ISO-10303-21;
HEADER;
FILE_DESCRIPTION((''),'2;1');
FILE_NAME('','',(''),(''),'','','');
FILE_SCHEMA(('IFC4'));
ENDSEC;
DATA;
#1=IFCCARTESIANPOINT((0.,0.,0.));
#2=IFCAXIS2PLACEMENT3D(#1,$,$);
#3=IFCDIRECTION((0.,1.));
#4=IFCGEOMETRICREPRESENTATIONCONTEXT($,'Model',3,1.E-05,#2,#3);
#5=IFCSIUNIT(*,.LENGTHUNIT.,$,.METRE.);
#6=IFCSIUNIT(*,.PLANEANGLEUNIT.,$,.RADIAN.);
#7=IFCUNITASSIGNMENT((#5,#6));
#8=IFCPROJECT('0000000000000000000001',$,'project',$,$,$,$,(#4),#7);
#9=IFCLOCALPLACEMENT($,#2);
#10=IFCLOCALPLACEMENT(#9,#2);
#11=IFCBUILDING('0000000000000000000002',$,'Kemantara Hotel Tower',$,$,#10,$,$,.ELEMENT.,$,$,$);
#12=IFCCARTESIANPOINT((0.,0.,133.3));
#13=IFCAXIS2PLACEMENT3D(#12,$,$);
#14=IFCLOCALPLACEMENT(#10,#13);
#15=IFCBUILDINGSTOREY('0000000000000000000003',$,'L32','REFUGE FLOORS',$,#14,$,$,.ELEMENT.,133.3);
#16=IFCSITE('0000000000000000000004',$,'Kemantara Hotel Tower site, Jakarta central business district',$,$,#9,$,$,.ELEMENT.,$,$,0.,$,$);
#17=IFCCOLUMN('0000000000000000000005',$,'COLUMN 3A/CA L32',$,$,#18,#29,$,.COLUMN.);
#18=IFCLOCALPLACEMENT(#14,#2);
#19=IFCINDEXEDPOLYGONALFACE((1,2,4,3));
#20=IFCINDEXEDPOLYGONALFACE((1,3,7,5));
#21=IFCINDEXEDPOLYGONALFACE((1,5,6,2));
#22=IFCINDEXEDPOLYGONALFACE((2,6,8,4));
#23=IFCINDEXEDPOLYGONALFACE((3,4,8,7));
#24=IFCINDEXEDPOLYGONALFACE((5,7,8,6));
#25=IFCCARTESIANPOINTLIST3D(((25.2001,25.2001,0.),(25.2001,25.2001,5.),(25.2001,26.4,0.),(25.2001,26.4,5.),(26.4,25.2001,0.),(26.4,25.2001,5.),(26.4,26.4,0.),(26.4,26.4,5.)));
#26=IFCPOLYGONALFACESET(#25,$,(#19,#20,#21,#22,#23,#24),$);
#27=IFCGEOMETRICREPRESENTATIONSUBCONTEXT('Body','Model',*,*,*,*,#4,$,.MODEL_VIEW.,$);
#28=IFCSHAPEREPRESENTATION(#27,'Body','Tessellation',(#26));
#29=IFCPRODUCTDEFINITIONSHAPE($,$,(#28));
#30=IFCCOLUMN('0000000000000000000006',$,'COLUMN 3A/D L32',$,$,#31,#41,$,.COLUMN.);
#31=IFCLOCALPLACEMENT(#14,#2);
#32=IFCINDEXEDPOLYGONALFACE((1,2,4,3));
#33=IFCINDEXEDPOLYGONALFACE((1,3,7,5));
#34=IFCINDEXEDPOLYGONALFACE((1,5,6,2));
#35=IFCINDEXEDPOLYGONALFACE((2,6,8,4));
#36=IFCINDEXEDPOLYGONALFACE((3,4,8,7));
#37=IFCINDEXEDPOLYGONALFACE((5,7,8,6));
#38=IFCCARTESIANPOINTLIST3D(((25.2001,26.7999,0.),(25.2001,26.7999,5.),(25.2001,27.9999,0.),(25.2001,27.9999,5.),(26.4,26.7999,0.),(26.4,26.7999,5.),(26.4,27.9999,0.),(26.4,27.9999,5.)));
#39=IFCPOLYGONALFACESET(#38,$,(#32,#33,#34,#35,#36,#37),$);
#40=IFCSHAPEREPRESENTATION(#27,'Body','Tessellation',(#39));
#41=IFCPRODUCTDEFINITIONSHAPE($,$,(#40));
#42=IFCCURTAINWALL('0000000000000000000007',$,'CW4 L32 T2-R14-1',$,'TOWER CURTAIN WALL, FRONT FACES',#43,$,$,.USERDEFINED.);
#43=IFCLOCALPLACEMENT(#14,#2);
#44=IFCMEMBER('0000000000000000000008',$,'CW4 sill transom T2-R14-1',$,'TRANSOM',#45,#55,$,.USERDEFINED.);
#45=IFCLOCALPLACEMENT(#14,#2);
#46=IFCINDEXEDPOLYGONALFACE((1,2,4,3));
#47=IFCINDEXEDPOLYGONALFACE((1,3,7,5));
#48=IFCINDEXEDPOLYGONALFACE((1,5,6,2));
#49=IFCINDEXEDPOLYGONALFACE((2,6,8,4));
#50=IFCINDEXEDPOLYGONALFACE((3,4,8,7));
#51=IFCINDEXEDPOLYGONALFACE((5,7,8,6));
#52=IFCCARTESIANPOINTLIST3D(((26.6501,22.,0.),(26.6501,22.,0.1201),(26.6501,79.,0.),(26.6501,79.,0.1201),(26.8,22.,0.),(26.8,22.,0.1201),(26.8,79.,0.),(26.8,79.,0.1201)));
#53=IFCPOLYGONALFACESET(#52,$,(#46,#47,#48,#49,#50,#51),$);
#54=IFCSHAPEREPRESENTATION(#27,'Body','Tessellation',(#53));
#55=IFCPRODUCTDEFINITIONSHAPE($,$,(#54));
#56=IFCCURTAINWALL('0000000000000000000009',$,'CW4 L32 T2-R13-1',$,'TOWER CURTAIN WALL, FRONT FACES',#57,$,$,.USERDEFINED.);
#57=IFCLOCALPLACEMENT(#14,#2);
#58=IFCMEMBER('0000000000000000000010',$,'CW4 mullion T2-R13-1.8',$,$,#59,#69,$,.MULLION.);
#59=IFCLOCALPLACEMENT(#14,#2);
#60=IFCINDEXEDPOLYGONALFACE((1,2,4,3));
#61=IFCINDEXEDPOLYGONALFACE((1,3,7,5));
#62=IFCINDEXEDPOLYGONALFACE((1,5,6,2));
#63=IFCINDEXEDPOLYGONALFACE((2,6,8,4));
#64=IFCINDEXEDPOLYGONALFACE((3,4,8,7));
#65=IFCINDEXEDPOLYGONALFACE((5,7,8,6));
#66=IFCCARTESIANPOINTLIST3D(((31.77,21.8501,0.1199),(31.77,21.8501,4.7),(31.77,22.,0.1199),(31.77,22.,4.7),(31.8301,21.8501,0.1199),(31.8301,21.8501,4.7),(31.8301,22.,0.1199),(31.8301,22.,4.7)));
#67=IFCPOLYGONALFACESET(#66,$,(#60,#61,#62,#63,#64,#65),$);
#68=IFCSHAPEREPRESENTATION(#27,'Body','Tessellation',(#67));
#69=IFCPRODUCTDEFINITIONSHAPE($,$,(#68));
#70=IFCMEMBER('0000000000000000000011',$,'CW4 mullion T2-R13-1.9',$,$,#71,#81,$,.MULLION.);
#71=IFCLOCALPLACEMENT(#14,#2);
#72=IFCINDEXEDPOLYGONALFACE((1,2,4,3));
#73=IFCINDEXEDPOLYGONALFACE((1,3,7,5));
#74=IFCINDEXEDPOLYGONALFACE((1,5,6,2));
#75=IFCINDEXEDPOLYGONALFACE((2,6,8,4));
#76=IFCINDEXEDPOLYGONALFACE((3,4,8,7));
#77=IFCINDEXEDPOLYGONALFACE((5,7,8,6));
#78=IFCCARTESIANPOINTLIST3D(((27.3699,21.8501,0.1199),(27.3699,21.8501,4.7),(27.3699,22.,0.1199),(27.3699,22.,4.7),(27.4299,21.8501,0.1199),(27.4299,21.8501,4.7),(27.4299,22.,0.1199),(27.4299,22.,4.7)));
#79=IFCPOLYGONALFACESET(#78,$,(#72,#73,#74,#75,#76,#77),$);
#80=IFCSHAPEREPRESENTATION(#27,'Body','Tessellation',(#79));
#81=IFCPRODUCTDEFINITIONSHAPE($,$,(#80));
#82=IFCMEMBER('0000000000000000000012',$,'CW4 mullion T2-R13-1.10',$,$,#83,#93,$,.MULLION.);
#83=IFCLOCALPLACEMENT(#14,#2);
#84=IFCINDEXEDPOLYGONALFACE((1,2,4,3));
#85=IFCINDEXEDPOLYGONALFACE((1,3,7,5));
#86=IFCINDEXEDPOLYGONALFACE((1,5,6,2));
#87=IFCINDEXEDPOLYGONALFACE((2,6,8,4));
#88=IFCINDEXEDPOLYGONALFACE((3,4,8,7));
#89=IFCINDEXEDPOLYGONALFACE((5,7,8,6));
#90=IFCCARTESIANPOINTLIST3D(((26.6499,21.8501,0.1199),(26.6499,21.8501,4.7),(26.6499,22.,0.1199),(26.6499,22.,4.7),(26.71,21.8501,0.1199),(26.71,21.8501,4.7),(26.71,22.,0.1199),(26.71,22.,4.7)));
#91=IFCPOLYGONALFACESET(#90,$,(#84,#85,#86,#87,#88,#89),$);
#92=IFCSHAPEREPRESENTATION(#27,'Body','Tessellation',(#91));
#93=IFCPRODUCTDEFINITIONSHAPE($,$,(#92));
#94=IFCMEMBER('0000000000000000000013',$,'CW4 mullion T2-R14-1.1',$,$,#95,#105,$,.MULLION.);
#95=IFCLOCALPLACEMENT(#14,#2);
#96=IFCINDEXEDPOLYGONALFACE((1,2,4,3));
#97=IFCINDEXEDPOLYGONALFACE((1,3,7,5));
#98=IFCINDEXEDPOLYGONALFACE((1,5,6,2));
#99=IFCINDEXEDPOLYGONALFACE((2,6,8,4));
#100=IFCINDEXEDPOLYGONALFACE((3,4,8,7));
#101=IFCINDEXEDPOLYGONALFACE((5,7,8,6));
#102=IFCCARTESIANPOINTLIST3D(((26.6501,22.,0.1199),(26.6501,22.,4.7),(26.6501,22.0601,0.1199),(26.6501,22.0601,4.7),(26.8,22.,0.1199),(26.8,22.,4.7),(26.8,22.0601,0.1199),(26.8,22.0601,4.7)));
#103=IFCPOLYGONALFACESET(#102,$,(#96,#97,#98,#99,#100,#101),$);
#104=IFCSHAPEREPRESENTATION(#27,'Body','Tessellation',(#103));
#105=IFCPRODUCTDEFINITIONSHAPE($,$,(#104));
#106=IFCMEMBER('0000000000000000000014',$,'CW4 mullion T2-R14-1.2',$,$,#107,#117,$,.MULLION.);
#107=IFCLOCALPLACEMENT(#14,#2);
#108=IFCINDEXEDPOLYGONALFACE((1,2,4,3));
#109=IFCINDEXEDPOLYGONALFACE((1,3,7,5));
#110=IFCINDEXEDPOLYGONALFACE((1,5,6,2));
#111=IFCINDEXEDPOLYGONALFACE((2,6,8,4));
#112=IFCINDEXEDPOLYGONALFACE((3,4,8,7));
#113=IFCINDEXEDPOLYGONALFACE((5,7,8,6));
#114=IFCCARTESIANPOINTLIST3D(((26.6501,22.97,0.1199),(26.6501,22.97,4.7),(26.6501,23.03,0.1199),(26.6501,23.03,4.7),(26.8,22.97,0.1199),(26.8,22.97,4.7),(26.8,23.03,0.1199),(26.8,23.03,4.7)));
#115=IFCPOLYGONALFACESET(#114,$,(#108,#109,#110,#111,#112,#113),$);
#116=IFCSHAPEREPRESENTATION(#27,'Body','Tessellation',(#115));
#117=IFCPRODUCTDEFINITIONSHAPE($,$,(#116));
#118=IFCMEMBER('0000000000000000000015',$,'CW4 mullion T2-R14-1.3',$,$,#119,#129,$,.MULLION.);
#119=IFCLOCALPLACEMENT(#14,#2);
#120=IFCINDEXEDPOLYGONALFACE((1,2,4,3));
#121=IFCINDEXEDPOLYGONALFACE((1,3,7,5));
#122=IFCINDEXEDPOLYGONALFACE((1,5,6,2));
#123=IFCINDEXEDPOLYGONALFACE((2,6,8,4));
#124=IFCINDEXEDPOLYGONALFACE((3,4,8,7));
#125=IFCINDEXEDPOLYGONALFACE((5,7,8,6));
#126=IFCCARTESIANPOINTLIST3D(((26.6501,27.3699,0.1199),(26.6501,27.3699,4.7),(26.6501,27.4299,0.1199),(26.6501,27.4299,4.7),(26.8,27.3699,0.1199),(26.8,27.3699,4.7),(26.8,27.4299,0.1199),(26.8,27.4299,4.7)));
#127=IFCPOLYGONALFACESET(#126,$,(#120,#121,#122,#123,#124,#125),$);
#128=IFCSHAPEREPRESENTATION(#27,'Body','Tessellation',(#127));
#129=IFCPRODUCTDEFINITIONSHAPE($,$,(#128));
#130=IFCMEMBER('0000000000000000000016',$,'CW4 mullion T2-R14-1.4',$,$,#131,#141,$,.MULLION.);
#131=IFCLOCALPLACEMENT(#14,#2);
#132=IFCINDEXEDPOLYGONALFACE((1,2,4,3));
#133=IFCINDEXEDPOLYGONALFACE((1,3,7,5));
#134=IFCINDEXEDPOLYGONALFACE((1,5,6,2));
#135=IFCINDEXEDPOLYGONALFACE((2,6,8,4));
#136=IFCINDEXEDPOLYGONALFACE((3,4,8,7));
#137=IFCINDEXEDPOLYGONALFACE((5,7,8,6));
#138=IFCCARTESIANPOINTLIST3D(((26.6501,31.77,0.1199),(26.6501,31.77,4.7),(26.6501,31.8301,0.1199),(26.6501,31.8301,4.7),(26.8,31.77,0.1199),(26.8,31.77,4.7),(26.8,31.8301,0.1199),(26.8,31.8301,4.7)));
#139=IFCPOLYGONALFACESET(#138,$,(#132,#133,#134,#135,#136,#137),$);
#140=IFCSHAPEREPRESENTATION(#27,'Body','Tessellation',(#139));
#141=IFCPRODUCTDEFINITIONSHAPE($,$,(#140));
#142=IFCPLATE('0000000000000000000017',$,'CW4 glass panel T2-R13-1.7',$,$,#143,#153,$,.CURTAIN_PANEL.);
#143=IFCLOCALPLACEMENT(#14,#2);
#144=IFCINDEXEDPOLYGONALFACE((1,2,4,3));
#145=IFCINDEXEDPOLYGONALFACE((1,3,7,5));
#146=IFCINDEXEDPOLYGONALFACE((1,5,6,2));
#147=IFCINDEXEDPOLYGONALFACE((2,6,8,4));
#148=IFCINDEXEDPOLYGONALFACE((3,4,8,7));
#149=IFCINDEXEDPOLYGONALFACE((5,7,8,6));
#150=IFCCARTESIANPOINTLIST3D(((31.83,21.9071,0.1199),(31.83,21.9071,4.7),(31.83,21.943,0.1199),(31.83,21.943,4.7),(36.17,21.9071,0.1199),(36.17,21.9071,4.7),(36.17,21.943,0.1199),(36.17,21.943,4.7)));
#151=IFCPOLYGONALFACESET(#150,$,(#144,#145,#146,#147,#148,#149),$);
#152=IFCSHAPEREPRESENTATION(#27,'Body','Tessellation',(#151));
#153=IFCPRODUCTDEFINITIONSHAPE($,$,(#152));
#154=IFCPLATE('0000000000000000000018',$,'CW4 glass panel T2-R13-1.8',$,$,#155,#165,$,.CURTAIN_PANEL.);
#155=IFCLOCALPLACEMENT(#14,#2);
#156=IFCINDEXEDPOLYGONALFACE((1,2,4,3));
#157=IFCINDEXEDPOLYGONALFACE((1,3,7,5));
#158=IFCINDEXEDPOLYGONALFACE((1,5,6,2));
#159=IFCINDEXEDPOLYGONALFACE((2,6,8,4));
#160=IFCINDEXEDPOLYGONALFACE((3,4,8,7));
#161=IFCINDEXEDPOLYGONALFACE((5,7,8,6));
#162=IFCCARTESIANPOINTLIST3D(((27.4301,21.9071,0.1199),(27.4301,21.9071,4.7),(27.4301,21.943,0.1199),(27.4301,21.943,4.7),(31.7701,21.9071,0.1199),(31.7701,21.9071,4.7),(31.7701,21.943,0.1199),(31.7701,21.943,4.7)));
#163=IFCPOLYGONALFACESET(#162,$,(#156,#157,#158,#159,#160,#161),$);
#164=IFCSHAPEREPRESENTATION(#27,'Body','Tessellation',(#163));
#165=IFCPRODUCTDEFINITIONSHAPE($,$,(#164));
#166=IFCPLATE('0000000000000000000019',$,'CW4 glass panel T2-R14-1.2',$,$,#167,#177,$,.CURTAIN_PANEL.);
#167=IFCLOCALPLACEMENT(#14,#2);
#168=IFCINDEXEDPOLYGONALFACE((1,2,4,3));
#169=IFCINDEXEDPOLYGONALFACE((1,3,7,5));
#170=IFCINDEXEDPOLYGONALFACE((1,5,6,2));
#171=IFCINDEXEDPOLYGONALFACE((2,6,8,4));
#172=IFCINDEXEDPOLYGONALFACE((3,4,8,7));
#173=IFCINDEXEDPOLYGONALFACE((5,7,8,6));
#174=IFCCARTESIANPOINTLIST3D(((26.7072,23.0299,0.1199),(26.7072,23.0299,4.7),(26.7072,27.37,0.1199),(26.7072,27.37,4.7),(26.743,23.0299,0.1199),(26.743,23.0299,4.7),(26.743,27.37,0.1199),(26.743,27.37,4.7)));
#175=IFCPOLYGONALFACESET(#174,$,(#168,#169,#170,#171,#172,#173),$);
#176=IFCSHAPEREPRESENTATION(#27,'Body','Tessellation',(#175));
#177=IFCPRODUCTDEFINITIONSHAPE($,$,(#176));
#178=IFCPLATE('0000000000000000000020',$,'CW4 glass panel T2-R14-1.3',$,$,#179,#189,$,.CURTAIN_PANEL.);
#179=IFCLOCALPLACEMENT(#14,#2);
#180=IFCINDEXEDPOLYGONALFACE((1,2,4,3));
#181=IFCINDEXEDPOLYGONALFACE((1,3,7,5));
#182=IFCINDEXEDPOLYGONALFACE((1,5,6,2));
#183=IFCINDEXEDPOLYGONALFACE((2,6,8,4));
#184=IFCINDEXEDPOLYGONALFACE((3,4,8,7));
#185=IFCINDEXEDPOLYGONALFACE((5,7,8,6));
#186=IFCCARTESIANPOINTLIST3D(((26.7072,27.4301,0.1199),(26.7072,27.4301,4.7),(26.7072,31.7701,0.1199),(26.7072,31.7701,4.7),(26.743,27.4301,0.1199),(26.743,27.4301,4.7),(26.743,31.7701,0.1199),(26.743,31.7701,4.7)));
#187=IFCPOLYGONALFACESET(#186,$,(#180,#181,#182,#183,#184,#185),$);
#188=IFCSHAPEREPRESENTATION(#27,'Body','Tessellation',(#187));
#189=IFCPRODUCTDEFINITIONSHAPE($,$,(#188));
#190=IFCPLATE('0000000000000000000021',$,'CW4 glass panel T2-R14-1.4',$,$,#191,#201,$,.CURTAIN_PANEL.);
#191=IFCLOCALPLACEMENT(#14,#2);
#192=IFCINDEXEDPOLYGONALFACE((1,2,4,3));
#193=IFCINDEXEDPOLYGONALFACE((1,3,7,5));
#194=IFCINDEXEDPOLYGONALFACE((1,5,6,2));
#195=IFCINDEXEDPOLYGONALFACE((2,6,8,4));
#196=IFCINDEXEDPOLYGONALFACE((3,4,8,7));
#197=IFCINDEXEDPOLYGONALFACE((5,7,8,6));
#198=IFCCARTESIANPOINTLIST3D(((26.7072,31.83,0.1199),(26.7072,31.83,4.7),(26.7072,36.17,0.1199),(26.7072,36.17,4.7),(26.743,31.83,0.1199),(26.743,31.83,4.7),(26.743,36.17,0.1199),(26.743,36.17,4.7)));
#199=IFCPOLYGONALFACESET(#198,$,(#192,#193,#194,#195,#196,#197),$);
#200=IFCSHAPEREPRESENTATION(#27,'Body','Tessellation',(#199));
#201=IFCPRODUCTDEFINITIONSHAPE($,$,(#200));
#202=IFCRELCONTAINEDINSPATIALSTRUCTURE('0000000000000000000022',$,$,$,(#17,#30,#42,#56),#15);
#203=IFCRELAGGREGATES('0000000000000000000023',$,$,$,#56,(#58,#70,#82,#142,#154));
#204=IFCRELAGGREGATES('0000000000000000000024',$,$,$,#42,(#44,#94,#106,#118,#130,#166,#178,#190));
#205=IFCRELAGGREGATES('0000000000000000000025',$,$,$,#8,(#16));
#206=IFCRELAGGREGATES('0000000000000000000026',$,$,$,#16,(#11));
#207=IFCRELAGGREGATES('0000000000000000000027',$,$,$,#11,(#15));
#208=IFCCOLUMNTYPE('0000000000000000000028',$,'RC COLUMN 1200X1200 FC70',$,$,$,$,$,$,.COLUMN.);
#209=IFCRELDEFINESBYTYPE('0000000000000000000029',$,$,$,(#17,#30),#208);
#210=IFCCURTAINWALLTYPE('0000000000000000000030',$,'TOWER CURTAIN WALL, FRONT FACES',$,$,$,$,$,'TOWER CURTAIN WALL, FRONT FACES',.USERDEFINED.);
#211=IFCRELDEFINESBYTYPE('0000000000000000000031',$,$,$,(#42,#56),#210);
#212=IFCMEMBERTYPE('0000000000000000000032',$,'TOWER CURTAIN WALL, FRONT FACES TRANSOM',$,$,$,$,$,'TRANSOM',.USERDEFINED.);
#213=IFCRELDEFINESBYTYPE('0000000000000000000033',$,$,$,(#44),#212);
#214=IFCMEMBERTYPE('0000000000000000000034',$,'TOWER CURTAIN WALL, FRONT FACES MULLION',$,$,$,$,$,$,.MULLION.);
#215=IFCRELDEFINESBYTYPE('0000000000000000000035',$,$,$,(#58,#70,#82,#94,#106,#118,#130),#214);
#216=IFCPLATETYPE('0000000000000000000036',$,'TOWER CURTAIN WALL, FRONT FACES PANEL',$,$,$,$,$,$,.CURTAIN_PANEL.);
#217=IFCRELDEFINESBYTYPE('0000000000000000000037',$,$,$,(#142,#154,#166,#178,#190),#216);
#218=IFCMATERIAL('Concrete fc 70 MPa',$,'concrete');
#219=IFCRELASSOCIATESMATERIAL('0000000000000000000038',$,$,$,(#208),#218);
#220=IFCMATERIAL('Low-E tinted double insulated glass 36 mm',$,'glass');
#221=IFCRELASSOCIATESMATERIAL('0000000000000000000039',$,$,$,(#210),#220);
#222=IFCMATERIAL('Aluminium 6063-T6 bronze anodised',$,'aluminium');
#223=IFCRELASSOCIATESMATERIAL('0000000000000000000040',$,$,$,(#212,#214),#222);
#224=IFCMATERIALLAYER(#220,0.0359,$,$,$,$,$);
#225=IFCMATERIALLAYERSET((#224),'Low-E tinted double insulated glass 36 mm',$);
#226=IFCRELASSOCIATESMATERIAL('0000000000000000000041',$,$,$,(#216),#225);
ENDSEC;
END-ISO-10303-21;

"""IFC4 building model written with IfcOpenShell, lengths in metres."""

from ifc_helpers import new_model, si_unit, direction, frame, origin, origin_2d, place, context, subcontext, project, spatial, rectangle, extrude, source, transform, mapped, material, layer, layer_set, material_profile, profile_set, type_object, element, aggregate, save


model = new_model("IFC4")

# Units and contexts
model_context = context("Model", 3, precision=1e-05, world=origin(), true_north=direction((0.0, 1.0)))
body_context = subcontext(model_context, "Body", "Model", "MODEL_VIEW")
ifc_project = project(units=[si_unit("LENGTHUNIT", "METRE"), si_unit("PLANEANGLEUNIT", "RADIAN")], contexts=[model_context])

# Site, building, storey
site_placement = place(None, origin())
site = spatial("IfcSite", under=ifc_project, at=site_placement, Name="Kemantara Hotel Tower site, Jakarta central business district", CompositionType="ELEMENT", RefElevation=0.0)
building_placement = place(site_placement, origin())
building = spatial("IfcBuilding", under=site, at=building_placement, Name="Kemantara Hotel Tower", CompositionType="ELEMENT")
storey_placement = place(building_placement, frame((0.0, 0.0, 133.3)))
storey = spatial("IfcBuildingStorey", under=building, at=storey_placement, Name="L32", Description="REFUGE FLOORS", CompositionType="ELEMENT", Elevation=133.3)

# Columns
ifc_material_1 = material(Name="Concrete fc 70 MPa", Category="concrete")
ifc_material_profile_1 = material_profile(ifc_material_1, rectangle(XDim=1.2, YDim=1.2, at=origin_2d()), Name="RC 1200X1200")
ifc_profile_set_1 = profile_set([ifc_material_profile_1], Name="Concrete fc 70 MPa")
column_type = type_object("IfcColumnType", Name="RC COLUMN 1200X1200 FC70", PredefinedType="COLUMN", material=ifc_profile_set_1)
for number, where, z_axis, x_axis, name in (
    (1, (25.8, 25.8, 0.0), (0.0, 0.0, 1.0), (1.0, 0.0, 0.0), "COLUMN 3A/CA L32"),
    (2, (25.8, 27.3999, 0.0), (0.0, 0.0, 1.0), (1.0, 0.0, 0.0), "COLUMN 3A/D L32"),
):
    element("IfcColumn", number, at=place(storey_placement, frame(where, z_axis=z_axis, x_axis=x_axis)), inside=storey, type_object=column_type, Name=name, PredefinedType="COLUMN", context=body_context, shape_type="SweptSolid", body=[
        extrude(rectangle(XDim=1.2, YDim=1.2, at=origin_2d()), origin(), (0.0, 0.0, 1.0), 5.0),
    ])

# Curtain wall, member
ifc_material_2 = material(Name="Low-E tinted double insulated glass 36 mm", Category="glass")
curtain_wall_type = type_object("IfcCurtainWallType", Name="TOWER CURTAIN WALL, FRONT FACES", ElementType="TOWER CURTAIN WALL, FRONT FACES", PredefinedType="USERDEFINED", material=ifc_material_2)
curtain_wall_1_placement = place(storey_placement, origin())
curtain_wall_1 = element("IfcCurtainWall", 3, at=curtain_wall_1_placement, inside=storey, type_object=curtain_wall_type, Name="CW4 L32 T2-R14-1", ObjectType="TOWER CURTAIN WALL, FRONT FACES", PredefinedType="USERDEFINED")
ifc_material_3 = material(Name="Aluminium 6063-T6 bronze anodised", Category="aluminium")
ifc_material_profile_2 = material_profile(ifc_material_3, rectangle(XDim=0.1499, YDim=0.1201, at=origin_2d()), Name="TOWER CURTAIN WALL, FRONT FACES TRANSOM")
ifc_profile_set_2 = profile_set([ifc_material_profile_2], Name="Aluminium 6063-T6 bronze anodised")
member_type_1 = type_object("IfcMemberType", Name="TOWER CURTAIN WALL, FRONT FACES TRANSOM", ElementType="TRANSOM", PredefinedType="USERDEFINED", material=ifc_profile_set_2)
member_1_placement = place(storey_placement, frame((26.7251, 22.0, 0.0601), z_axis=(0.0, 1.0, 0.0), x_axis=(-1.0, 0.0, 0.0)))
member_1 = element("IfcMember", 4, at=member_1_placement, type_object=member_type_1, Name="CW4 sill transom T2-R14-1", ObjectType="TRANSOM", PredefinedType="USERDEFINED", context=body_context, shape_type="SweptSolid", body=[
    extrude(rectangle(XDim=0.1499, YDim=0.1201, at=origin_2d()), origin(), (0.0, 0.0, 1.0), 57.0),
])

# Curtain wall, members
curtain_wall_2_placement = place(storey_placement, origin())
curtain_wall_2 = element("IfcCurtainWall", 5, at=curtain_wall_2_placement, inside=storey, type_object=curtain_wall_type, Name="CW4 L32 T2-R13-1", ObjectType="TOWER CURTAIN WALL, FRONT FACES", PredefinedType="USERDEFINED")
ifc_material_profile_3 = material_profile(ifc_material_3, rectangle(XDim=0.1499, YDim=0.0601, at=origin_2d()), Name="TOWER CURTAIN WALL, FRONT FACES MULLION")
ifc_profile_set_3 = profile_set([ifc_material_profile_3], Name="Aluminium 6063-T6 bronze anodised")
member_type_2 = type_object("IfcMemberType", Name="TOWER CURTAIN WALL, FRONT FACES MULLION", PredefinedType="MULLION", material=ifc_profile_set_3)
shared_shape_1 = source(origin(), body_context, "Body", "SweptSolid", [
    extrude(rectangle(XDim=0.1499, YDim=0.0601, at=origin_2d()), origin(), (0.0, 0.0, 1.0), 4.5801),
])
member_2_placement = place(storey_placement, frame((31.8, 21.925, 0.1199), z_axis=(0.0, 0.0, 1.0), x_axis=(0.0, -1.0, 0.0)))
member_2 = element("IfcMember", 6, at=member_2_placement, type_object=member_type_2, Name="CW4 mullion T2-R13-1.8", PredefinedType="MULLION", context=body_context, shape_type="MappedRepresentation", body=[
    mapped(shared_shape_1, transform((0.0, 0.0, 0.0))),
])
member_3_placement = place(storey_placement, frame((27.3999, 21.925, 0.1199), z_axis=(0.0, 0.0, 1.0), x_axis=(0.0, -1.0, 0.0)))
member_3 = element("IfcMember", 7, at=member_3_placement, type_object=member_type_2, Name="CW4 mullion T2-R13-1.9", PredefinedType="MULLION", context=body_context, shape_type="MappedRepresentation", body=[
    mapped(shared_shape_1, transform((0.0, 0.0, 0.0))),
])
member_4_placement = place(storey_placement, frame((26.6799, 21.925, 0.1199), z_axis=(0.0, 0.0, 1.0), x_axis=(0.0, -1.0, 0.0)))
member_4 = element("IfcMember", 8, at=member_4_placement, type_object=member_type_2, Name="CW4 mullion T2-R13-1.10", PredefinedType="MULLION", context=body_context, shape_type="MappedRepresentation", body=[
    mapped(shared_shape_1, transform((0.0, 0.0, 0.0))),
])

# Members
member_5_placement = place(storey_placement, frame((26.7251, 22.03, 0.1199), z_axis=(0.0, 0.0, 1.0), x_axis=(-1.0, 0.0, 0.0)))
member_5 = element("IfcMember", 9, at=member_5_placement, type_object=member_type_2, Name="CW4 mullion T2-R14-1.1", PredefinedType="MULLION", context=body_context, shape_type="MappedRepresentation", body=[
    mapped(shared_shape_1, transform((0.0, 0.0, 0.0))),
])
member_6_placement = place(storey_placement, frame((26.7251, 23.0, 0.1199), z_axis=(0.0, 0.0, 1.0), x_axis=(-1.0, 0.0, 0.0)))
member_6 = element("IfcMember", 10, at=member_6_placement, type_object=member_type_2, Name="CW4 mullion T2-R14-1.2", PredefinedType="MULLION", context=body_context, shape_type="MappedRepresentation", body=[
    mapped(shared_shape_1, transform((0.0, 0.0, 0.0))),
])
member_7_placement = place(storey_placement, frame((26.7251, 27.3999, 0.1199), z_axis=(0.0, 0.0, 1.0), x_axis=(-1.0, 0.0, 0.0)))
member_7 = element("IfcMember", 11, at=member_7_placement, type_object=member_type_2, Name="CW4 mullion T2-R14-1.3", PredefinedType="MULLION", context=body_context, shape_type="MappedRepresentation", body=[
    mapped(shared_shape_1, transform((0.0, 0.0, 0.0))),
])
member_8_placement = place(storey_placement, frame((26.7251, 31.8, 0.1199), z_axis=(0.0, 0.0, 1.0), x_axis=(-1.0, 0.0, 0.0)))
member_8 = element("IfcMember", 12, at=member_8_placement, type_object=member_type_2, Name="CW4 mullion T2-R14-1.4", PredefinedType="MULLION", context=body_context, shape_type="MappedRepresentation", body=[
    mapped(shared_shape_1, transform((0.0, 0.0, 0.0))),
])

# Plates
ifc_layer_1 = layer(ifc_material_2, 0.0359)
ifc_layer_set_1 = layer_set([ifc_layer_1], Name="Low-E tinted double insulated glass 36 mm")
plate_type = type_object("IfcPlateType", Name="TOWER CURTAIN WALL, FRONT FACES PANEL", PredefinedType="CURTAIN_PANEL", material=ifc_layer_set_1)
shared_shape_2 = source(origin(), body_context, "Body", "SweptSolid", [
    extrude(rectangle(XDim=4.3401, YDim=0.0359, at=origin_2d()), origin(), (0.0, 0.0, 1.0), 4.5801),
])
plate_1_placement = place(storey_placement, frame((34.0, 21.925, 0.1199), z_axis=(0.0, 0.0, 1.0), x_axis=(-1.0, 0.0, 0.0)))
plate_1 = element("IfcPlate", 13, at=plate_1_placement, type_object=plate_type, Name="CW4 glass panel T2-R13-1.7", PredefinedType="CURTAIN_PANEL", context=body_context, shape_type="MappedRepresentation", body=[
    mapped(shared_shape_2, transform((0.0, 0.0, 0.0))),
])
plate_2_placement = place(storey_placement, frame((29.6001, 21.925, 0.1199), z_axis=(0.0, 0.0, 1.0), x_axis=(-1.0, 0.0, 0.0)))
plate_2 = element("IfcPlate", 14, at=plate_2_placement, type_object=plate_type, Name="CW4 glass panel T2-R13-1.8", PredefinedType="CURTAIN_PANEL", context=body_context, shape_type="MappedRepresentation", body=[
    mapped(shared_shape_2, transform((0.0, 0.0, 0.0))),
])
plate_3_placement = place(storey_placement, frame((26.7251, 25.2, 0.1199), z_axis=(0.0, 0.0, 1.0), x_axis=(0.0, 1.0, 0.0)))
plate_3 = element("IfcPlate", 15, at=plate_3_placement, type_object=plate_type, Name="CW4 glass panel T2-R14-1.2", PredefinedType="CURTAIN_PANEL", context=body_context, shape_type="MappedRepresentation", body=[
    mapped(shared_shape_2, transform((0.0, 0.0, 0.0))),
])
plate_4_placement = place(storey_placement, frame((26.7251, 29.6001, 0.1199), z_axis=(0.0, 0.0, 1.0), x_axis=(0.0, 1.0, 0.0)))
plate_4 = element("IfcPlate", 16, at=plate_4_placement, type_object=plate_type, Name="CW4 glass panel T2-R14-1.3", PredefinedType="CURTAIN_PANEL", context=body_context, shape_type="MappedRepresentation", body=[
    mapped(shared_shape_2, transform((0.0, 0.0, 0.0))),
])
plate_5_placement = place(storey_placement, frame((26.7251, 34.0, 0.1199), z_axis=(0.0, 0.0, 1.0), x_axis=(0.0, 1.0, 0.0)))
plate_5 = element("IfcPlate", 17, at=plate_5_placement, type_object=plate_type, Name="CW4 glass panel T2-R14-1.4", PredefinedType="CURTAIN_PANEL", context=body_context, shape_type="MappedRepresentation", body=[
    mapped(shared_shape_2, transform((0.0, 0.0, 0.0))),
])
aggregate(curtain_wall_2, [member_2, member_3, member_4, plate_1, plate_2])
aggregate(curtain_wall_1, [member_1, member_5, member_6, member_7, member_8, plate_3, plate_4, plate_5])

save(model, "model.ifc")
